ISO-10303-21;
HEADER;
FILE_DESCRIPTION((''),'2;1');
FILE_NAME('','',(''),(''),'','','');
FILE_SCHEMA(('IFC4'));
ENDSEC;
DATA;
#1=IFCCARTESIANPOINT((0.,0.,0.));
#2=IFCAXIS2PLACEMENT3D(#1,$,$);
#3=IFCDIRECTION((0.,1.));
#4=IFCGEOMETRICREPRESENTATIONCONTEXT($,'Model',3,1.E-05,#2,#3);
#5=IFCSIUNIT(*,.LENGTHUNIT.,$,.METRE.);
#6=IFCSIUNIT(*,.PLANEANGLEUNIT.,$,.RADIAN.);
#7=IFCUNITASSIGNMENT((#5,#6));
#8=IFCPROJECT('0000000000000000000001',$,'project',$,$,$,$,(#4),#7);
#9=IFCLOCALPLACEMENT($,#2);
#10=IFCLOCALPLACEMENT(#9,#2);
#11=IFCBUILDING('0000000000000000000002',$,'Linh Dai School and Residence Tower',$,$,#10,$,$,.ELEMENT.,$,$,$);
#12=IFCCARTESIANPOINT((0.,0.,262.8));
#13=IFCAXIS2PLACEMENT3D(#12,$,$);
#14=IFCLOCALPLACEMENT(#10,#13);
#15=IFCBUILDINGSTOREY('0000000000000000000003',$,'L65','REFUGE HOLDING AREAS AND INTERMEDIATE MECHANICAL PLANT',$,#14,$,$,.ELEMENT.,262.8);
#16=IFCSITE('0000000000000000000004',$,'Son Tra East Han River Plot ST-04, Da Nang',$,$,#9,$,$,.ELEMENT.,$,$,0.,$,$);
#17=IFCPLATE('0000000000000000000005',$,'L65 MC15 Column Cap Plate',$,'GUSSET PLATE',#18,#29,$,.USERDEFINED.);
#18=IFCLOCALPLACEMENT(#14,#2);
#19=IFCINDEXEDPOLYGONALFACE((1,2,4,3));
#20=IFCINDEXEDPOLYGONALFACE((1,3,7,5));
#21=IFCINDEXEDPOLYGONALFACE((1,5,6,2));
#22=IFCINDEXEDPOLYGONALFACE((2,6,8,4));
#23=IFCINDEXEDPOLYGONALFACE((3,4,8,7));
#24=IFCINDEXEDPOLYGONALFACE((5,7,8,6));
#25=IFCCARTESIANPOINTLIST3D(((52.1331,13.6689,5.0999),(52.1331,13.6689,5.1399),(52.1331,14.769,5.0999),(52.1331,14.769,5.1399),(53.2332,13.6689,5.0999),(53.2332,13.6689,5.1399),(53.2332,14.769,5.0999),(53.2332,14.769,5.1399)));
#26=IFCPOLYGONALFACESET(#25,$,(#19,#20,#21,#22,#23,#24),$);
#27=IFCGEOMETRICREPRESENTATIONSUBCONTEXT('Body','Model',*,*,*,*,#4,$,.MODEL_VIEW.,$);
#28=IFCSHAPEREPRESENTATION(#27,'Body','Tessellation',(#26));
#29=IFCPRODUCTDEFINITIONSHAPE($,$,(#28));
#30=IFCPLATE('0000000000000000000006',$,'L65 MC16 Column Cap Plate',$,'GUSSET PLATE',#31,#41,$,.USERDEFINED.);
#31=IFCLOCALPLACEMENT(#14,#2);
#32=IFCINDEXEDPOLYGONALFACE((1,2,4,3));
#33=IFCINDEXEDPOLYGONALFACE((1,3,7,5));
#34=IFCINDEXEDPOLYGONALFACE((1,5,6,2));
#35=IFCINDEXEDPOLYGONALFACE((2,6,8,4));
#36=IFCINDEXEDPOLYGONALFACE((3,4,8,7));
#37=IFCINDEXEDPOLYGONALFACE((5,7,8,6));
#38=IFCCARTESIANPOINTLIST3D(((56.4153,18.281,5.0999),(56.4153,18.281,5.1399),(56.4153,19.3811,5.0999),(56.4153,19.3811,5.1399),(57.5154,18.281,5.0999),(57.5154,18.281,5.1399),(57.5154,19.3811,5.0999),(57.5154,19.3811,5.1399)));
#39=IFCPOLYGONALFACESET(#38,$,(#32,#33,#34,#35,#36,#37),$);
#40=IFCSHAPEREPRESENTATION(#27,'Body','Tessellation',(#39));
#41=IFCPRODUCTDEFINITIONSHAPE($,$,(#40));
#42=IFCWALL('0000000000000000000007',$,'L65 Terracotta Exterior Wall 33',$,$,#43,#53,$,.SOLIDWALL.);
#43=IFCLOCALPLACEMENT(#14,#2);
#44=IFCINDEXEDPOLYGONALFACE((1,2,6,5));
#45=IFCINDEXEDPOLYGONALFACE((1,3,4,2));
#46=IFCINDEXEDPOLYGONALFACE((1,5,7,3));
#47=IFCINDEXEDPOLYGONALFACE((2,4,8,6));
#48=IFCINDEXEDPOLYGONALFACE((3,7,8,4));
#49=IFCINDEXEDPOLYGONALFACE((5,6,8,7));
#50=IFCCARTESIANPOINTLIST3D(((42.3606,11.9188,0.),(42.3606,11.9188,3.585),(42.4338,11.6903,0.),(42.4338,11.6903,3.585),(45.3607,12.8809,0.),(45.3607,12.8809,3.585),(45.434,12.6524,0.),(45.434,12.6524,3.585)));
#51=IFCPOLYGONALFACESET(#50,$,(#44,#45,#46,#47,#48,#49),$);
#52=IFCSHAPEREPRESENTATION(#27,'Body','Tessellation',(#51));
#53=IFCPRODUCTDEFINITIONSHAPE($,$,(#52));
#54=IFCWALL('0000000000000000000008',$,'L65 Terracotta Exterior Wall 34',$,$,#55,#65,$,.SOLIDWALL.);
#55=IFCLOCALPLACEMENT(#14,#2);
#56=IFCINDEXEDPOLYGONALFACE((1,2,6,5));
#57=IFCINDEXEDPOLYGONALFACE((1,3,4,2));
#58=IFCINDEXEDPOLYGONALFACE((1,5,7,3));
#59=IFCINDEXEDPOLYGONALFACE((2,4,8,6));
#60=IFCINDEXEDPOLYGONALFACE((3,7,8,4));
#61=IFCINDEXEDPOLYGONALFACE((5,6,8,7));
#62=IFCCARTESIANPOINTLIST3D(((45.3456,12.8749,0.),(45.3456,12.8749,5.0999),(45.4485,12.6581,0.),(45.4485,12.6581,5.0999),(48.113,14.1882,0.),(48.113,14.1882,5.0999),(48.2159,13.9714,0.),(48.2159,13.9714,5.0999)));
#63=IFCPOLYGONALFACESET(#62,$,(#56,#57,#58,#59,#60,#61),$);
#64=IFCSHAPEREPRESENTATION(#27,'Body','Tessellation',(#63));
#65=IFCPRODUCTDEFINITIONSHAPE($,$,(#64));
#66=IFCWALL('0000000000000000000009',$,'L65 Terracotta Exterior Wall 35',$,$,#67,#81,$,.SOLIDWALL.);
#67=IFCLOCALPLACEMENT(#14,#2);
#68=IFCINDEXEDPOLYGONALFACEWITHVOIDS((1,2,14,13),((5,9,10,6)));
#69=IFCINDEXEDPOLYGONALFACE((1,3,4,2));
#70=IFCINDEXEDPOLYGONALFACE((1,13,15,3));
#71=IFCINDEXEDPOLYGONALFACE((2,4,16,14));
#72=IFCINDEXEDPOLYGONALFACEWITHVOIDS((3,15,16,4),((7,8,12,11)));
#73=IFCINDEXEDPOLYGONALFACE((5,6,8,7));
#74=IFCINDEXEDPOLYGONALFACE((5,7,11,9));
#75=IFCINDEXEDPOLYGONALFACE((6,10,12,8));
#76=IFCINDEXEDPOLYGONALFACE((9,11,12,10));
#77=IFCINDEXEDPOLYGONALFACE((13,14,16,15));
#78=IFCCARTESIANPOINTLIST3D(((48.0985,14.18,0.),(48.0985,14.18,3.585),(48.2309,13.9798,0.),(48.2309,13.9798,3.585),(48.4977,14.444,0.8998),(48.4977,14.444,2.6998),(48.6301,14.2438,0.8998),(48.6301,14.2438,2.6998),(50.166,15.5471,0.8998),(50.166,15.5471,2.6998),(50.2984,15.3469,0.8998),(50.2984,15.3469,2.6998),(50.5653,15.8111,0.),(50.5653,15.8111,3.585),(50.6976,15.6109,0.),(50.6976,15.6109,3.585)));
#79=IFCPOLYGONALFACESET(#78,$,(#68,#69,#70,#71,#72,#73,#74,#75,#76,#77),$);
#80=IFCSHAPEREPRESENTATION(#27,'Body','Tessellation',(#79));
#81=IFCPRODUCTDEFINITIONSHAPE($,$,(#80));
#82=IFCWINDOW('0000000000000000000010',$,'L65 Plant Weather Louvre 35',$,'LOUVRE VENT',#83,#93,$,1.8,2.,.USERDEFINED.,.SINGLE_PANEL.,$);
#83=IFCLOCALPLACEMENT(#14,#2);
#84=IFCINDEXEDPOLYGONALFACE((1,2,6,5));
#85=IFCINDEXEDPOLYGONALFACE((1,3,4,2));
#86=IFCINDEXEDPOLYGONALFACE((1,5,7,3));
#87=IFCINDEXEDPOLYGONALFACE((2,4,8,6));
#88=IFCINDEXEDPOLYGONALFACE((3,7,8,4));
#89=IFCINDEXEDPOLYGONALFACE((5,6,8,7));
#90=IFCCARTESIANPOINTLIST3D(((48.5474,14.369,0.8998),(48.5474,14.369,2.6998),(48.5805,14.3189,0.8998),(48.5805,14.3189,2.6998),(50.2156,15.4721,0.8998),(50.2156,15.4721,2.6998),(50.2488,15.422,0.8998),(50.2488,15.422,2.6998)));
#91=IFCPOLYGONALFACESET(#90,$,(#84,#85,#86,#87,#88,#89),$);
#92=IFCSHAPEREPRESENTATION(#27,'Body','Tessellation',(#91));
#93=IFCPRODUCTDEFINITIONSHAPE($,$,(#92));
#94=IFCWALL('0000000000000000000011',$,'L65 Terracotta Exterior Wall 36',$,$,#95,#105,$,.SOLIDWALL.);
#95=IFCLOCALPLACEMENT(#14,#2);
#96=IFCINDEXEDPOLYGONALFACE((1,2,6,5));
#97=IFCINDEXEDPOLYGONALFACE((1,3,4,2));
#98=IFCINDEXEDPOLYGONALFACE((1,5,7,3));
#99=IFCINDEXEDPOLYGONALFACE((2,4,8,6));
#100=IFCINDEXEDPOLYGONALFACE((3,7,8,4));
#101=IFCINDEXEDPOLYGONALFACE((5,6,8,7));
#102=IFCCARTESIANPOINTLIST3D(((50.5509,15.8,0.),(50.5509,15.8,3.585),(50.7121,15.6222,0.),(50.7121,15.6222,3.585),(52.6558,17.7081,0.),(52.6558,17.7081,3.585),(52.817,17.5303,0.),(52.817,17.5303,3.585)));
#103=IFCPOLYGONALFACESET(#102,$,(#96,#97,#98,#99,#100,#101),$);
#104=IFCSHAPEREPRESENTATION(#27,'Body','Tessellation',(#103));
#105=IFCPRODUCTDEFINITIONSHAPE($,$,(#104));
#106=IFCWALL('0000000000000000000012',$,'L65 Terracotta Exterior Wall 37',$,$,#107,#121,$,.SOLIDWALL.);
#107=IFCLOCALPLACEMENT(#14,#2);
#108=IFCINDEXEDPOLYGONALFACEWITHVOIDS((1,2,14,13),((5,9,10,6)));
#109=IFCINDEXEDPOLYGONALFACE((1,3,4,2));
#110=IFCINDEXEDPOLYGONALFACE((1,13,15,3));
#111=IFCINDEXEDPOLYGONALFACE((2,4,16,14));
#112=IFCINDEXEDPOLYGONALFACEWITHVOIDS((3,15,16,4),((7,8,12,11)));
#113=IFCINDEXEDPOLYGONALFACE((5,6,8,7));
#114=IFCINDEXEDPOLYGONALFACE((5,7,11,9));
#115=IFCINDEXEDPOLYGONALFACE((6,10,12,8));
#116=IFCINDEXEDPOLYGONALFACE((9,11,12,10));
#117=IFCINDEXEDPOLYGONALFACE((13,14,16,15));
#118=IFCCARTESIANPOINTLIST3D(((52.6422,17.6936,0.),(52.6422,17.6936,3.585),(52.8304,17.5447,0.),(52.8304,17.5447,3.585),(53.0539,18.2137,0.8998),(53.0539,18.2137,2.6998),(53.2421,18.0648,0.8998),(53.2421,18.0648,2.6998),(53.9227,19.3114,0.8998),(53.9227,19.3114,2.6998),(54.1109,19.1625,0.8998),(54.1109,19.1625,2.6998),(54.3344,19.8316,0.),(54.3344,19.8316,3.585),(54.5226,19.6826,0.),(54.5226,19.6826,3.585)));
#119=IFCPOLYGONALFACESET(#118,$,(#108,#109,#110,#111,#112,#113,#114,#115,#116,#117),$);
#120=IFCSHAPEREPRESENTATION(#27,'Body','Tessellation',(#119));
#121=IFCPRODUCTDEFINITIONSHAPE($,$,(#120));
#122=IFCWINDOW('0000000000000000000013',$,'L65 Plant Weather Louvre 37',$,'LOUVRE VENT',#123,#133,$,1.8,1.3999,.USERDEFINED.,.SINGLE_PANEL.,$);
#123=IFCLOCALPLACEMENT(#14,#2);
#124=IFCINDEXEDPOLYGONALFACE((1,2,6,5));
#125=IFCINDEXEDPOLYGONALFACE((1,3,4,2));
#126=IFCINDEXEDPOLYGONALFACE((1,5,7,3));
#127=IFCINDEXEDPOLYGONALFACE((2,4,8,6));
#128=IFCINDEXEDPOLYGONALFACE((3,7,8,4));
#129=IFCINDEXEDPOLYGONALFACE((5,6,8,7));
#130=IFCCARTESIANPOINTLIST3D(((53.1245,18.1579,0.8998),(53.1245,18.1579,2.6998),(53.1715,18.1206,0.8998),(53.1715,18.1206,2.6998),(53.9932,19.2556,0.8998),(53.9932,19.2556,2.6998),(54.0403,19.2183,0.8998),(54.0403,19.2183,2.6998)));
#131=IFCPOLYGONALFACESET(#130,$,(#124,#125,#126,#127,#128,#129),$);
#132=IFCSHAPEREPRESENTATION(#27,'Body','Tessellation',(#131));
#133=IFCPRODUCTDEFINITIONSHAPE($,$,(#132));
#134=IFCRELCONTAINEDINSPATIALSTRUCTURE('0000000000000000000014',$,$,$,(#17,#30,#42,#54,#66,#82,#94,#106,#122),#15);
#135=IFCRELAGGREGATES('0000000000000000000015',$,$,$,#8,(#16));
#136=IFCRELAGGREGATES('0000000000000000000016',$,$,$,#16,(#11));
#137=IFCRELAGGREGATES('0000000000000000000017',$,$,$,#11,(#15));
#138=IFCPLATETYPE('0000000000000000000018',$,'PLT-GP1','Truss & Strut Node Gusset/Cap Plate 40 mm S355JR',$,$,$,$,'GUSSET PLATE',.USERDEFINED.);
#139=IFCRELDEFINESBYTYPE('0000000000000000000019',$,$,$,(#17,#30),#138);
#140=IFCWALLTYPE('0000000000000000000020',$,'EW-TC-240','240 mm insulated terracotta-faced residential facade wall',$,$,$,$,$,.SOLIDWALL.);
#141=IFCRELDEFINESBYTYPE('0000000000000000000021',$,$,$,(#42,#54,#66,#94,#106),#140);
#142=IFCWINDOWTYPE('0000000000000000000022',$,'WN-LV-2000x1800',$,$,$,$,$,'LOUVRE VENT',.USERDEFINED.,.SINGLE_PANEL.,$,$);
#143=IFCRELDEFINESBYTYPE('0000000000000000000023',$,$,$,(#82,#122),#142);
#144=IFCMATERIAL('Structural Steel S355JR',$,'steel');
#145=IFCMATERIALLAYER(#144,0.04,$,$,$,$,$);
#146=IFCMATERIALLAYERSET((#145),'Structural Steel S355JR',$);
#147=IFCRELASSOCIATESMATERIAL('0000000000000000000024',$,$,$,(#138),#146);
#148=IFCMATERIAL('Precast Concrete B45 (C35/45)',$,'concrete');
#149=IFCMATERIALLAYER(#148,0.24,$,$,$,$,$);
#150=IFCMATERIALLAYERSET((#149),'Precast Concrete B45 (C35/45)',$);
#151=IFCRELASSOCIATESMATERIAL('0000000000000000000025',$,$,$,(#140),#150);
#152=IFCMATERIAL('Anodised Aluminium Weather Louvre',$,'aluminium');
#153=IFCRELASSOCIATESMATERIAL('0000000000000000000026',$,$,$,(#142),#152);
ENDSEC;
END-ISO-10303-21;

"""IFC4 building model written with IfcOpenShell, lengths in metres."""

from ifc_helpers import new_model, si_unit, direction, frame, frame_2d, origin, origin_2d, place, context, subcontext, project, spatial, rectangle, extrude, source, transform, mapped, material, layer, layer_set, type_object, element, fill, save


model = new_model("IFC4")

# Units and contexts
model_context = context("Model", 3, precision=1e-05, world=origin(), true_north=direction((0.0, 1.0)))
body_context = subcontext(model_context, "Body", "Model", "MODEL_VIEW")
ifc_project = project(units=[si_unit("LENGTHUNIT", "METRE"), si_unit("PLANEANGLEUNIT", "RADIAN")], contexts=[model_context])

# Site, building, storey
site_placement = place(None, origin())
site = spatial("IfcSite", under=ifc_project, at=site_placement, Name="Son Tra East Han River Plot ST-04, Da Nang", CompositionType="ELEMENT", RefElevation=0.0)
building_placement = place(site_placement, origin())
building = spatial("IfcBuilding", under=site, at=building_placement, Name="Linh Dai School and Residence Tower", CompositionType="ELEMENT")
storey_placement = place(building_placement, frame((0.0, 0.0, 262.8)))
storey = spatial("IfcBuildingStorey", under=building, at=storey_placement, Name="L65", Description="REFUGE HOLDING AREAS AND INTERMEDIATE MECHANICAL PLANT", CompositionType="ELEMENT", Elevation=262.8)

# Shared definitions
ifc_material_1 = material(Name="Structural Steel S355JR", Category="steel")

# Plates
ifc_layer_1 = layer(ifc_material_1, 0.04)
ifc_layer_set_1 = layer_set([ifc_layer_1], Name="Structural Steel S355JR")
plate_type = type_object("IfcPlateType", Name="PLT-GP1", Description="Truss & Strut Node Gusset/Cap Plate 40 mm S355JR", ElementType="GUSSET PLATE", PredefinedType="USERDEFINED", material=ifc_layer_set_1)
shared_shape_1 = source(origin(), body_context, "Body", "SweptSolid", [
    extrude(rectangle(XDim=1.1001, YDim=1.1001, at=origin_2d()), origin(), (0.0, 0.0, 1.0), 0.04),
])
for number, where, z_axis, x_axis, name in (
    (1, (52.6831, 14.219, 5.0999), (0.0, 0.0, 1.0), (1.0, 0.0, 0.0), "L65 MC15 Column Cap Plate"),
    (2, (56.9653, 18.8311, 5.0999), (0.0, 0.0, 1.0), (1.0, 0.0, 0.0), "L65 MC16 Column Cap Plate"),
):
    element("IfcPlate", number, at=place(storey_placement, frame(where, z_axis=z_axis, x_axis=x_axis)), inside=storey, type_object=plate_type, Name=name, ObjectType="GUSSET PLATE", PredefinedType="USERDEFINED", context=body_context, shape_type="MappedRepresentation", body=[
        mapped(shared_shape_1, transform((0.0, 0.0, 0.0), x_axis=(1.0, 0.0, 0.0), y_axis=(0.0, 1.0, 0.0), z_axis=(0.0, 0.0, 1.0), scale=1.0)),
    ])

# Walls
ifc_material_2 = material(Name="Precast Concrete B45 (C35/45)", Category="concrete")
ifc_layer_2 = layer(ifc_material_2, 0.24)
ifc_layer_set_2 = layer_set([ifc_layer_2], Name="Precast Concrete B45 (C35/45)")
wall_type_1 = type_object("IfcWallType", Name="EW-TC-240", Description="240 mm insulated terracotta-faced residential facade wall", PredefinedType="SOLIDWALL", material=ifc_layer_set_2)
wall_1_placement = place(storey_placement, frame((45.3972, 12.7666, 0.0), z_axis=(0.0, 0.0, 1.0), x_axis=(-0.952232, -0.305375, 0.0)))
element("IfcWall", 3, at=wall_1_placement, inside=storey, type_object=wall_type_1, Name="L65 Terracotta Exterior Wall 33", PredefinedType="SOLIDWALL", context=body_context, shape_type="SweptSolid", body=[
    extrude(rectangle(XDim=3.1506, YDim=0.24, at=frame_2d((1.5752, 0.0))), origin(), (0.0, 0.0, 1.0), 3.585),
])
wall_2_placement = place(storey_placement, frame((48.1646, 14.0798, 0.0), z_axis=(0.0, 0.0, 1.0), x_axis=(-0.903436, -0.428724, 0.0)))
element("IfcWall", 4, at=wall_2_placement, inside=storey, type_object=wall_type_1, Name="L65 Terracotta Exterior Wall 34", PredefinedType="SOLIDWALL", context=body_context, shape_type="SweptSolid", body=[
    extrude(rectangle(XDim=3.0632, YDim=0.24, at=frame_2d((1.5317, 0.0))), origin(), (0.0, 0.0, 1.0), 5.0999),
])

# Wall, opening, window
wall_3_placement = place(storey_placement, frame((50.6313, 15.7109, 0.0), z_axis=(0.0, 0.0, 1.0), x_axis=(-0.83414, -0.551553, 0.0)))
wall_3 = element("IfcWall", 5, at=wall_3_placement, inside=storey, type_object=wall_type_1, Name="L65 Terracotta Exterior Wall 35", PredefinedType="SOLIDWALL", context=body_context, shape_type="SweptSolid", body=[
    extrude(rectangle(XDim=2.9573, YDim=0.24, at=frame_2d((1.4785, 0.0))), origin(), (0.0, 0.0, 1.0), 3.585),
])
opening_1_placement = place(wall_3_placement, frame((0.4785, 0.0, 0.8999)))
opening_1 = element("IfcOpeningElement", 6, at=opening_1_placement, cuts=wall_3, PredefinedType="OPENING", context=body_context, shape_type="SweptSolid", body=[
    extrude(rectangle(XDim=2.0, YDim=1.8, at=origin_2d()), frame((1.0, 0.1299, 0.8999), z_axis=(0.0, -1.0, 0.0), x_axis=(1.0, 0.0, 0.0)), (0.0, 0.0, 1.0), 0.26),
])
ifc_material_3 = material(Name="Anodised Aluminium Weather Louvre", Category="aluminium")
window_type = type_object("IfcWindowType", Name="WN-LV-2000x1800", ElementType="LOUVRE VENT", PartitioningType="SINGLE_PANEL", PredefinedType="USERDEFINED", material=ifc_material_3)
shared_shape_2 = source(origin(), body_context, "Body", "SweptSolid", [
    extrude(rectangle(XDim=2.0, YDim=1.8, at=origin_2d()), frame((1.0, 0.03, 0.8999), z_axis=(0.0, -1.0, 0.0), x_axis=(1.0, 0.0, 0.0)), (0.0, 0.0, 1.0), 0.0601),
])
window_1_placement = place(opening_1_placement, origin())
window_1 = element("IfcWindow", 7, at=window_1_placement, inside=storey, type_object=window_type, Name="L65 Plant Weather Louvre 35", ObjectType="LOUVRE VENT", OverallHeight=1.8, OverallWidth=2.0, PartitioningType="SINGLE_PANEL", PredefinedType="USERDEFINED", context=body_context, shape_type="MappedRepresentation", body=[
    mapped(shared_shape_2, transform((0.0, 0.0, 0.0), x_axis=(1.0, 0.0, 0.0), y_axis=(0.0, 1.0, 0.0), z_axis=(0.0, 0.0, 1.0), scale=1.0)),
])
fill(opening_1, window_1)

# Wall
wall_4_placement = place(storey_placement, frame((52.7363, 17.6191, 0.0), z_axis=(0.0, 0.0, 1.0), x_axis=(-0.740888, -0.671629, 0.0)))
element("IfcWall", 8, at=wall_4_placement, inside=storey, type_object=wall_type_1, Name="L65 Terracotta Exterior Wall 36", PredefinedType="SOLIDWALL", context=body_context, shape_type="SweptSolid", body=[
    extrude(rectangle(XDim=2.8411, YDim=0.24, at=frame_2d((1.4204, 0.0))), origin(), (0.0, 0.0, 1.0), 3.585),
])

# Wall, opening, window
wall_5_placement = place(storey_placement, frame((54.4285, 19.7571, 0.0), z_axis=(0.0, 0.0, 1.0), x_axis=(-0.620613, -0.784117, 0.0)))
wall_5 = element("IfcWall", 9, at=wall_5_placement, inside=storey, type_object=wall_type_1, Name="L65 Terracotta Exterior Wall 37", PredefinedType="SOLIDWALL", context=body_context, shape_type="SweptSolid", body=[
    extrude(rectangle(XDim=2.7266, YDim=0.24, at=frame_2d((1.3633, 0.0))), origin(), (0.0, 0.0, 1.0), 3.585),
])
opening_2_placement = place(wall_5_placement, frame((0.6633, 0.0, 0.8999)))
opening_2 = element("IfcOpeningElement", 10, at=opening_2_placement, cuts=wall_5, PredefinedType="OPENING", context=body_context, shape_type="SweptSolid", body=[
    extrude(rectangle(XDim=1.3999, YDim=1.8, at=origin_2d()), frame((0.7, 0.1299, 0.8999), z_axis=(0.0, -1.0, 0.0), x_axis=(1.0, 0.0, 0.0)), (0.0, 0.0, 1.0), 0.26),
])
shared_shape_3 = source(origin(), body_context, "Body", "SweptSolid", [
    extrude(rectangle(XDim=1.3999, YDim=1.8, at=origin_2d()), frame((0.7, 0.03, 0.8999), z_axis=(0.0, -1.0, 0.0), x_axis=(1.0, 0.0, 0.0)), (0.0, 0.0, 1.0), 0.0601),
])
window_2_placement = place(opening_2_placement, origin())
window_2 = element("IfcWindow", 11, at=window_2_placement, inside=storey, type_object=window_type, Name="L65 Plant Weather Louvre 37", ObjectType="LOUVRE VENT", OverallHeight=1.8, OverallWidth=1.3999, PartitioningType="SINGLE_PANEL", PredefinedType="USERDEFINED", context=body_context, shape_type="MappedRepresentation", body=[
    mapped(shared_shape_3, transform((0.0, 0.0, 0.0), x_axis=(1.0, 0.0, 0.0), y_axis=(0.0, 1.0, 0.0), z_axis=(0.0, 0.0, 1.0), scale=1.0)),
])
fill(opening_2, window_2)

save(model, "model.ifc")
